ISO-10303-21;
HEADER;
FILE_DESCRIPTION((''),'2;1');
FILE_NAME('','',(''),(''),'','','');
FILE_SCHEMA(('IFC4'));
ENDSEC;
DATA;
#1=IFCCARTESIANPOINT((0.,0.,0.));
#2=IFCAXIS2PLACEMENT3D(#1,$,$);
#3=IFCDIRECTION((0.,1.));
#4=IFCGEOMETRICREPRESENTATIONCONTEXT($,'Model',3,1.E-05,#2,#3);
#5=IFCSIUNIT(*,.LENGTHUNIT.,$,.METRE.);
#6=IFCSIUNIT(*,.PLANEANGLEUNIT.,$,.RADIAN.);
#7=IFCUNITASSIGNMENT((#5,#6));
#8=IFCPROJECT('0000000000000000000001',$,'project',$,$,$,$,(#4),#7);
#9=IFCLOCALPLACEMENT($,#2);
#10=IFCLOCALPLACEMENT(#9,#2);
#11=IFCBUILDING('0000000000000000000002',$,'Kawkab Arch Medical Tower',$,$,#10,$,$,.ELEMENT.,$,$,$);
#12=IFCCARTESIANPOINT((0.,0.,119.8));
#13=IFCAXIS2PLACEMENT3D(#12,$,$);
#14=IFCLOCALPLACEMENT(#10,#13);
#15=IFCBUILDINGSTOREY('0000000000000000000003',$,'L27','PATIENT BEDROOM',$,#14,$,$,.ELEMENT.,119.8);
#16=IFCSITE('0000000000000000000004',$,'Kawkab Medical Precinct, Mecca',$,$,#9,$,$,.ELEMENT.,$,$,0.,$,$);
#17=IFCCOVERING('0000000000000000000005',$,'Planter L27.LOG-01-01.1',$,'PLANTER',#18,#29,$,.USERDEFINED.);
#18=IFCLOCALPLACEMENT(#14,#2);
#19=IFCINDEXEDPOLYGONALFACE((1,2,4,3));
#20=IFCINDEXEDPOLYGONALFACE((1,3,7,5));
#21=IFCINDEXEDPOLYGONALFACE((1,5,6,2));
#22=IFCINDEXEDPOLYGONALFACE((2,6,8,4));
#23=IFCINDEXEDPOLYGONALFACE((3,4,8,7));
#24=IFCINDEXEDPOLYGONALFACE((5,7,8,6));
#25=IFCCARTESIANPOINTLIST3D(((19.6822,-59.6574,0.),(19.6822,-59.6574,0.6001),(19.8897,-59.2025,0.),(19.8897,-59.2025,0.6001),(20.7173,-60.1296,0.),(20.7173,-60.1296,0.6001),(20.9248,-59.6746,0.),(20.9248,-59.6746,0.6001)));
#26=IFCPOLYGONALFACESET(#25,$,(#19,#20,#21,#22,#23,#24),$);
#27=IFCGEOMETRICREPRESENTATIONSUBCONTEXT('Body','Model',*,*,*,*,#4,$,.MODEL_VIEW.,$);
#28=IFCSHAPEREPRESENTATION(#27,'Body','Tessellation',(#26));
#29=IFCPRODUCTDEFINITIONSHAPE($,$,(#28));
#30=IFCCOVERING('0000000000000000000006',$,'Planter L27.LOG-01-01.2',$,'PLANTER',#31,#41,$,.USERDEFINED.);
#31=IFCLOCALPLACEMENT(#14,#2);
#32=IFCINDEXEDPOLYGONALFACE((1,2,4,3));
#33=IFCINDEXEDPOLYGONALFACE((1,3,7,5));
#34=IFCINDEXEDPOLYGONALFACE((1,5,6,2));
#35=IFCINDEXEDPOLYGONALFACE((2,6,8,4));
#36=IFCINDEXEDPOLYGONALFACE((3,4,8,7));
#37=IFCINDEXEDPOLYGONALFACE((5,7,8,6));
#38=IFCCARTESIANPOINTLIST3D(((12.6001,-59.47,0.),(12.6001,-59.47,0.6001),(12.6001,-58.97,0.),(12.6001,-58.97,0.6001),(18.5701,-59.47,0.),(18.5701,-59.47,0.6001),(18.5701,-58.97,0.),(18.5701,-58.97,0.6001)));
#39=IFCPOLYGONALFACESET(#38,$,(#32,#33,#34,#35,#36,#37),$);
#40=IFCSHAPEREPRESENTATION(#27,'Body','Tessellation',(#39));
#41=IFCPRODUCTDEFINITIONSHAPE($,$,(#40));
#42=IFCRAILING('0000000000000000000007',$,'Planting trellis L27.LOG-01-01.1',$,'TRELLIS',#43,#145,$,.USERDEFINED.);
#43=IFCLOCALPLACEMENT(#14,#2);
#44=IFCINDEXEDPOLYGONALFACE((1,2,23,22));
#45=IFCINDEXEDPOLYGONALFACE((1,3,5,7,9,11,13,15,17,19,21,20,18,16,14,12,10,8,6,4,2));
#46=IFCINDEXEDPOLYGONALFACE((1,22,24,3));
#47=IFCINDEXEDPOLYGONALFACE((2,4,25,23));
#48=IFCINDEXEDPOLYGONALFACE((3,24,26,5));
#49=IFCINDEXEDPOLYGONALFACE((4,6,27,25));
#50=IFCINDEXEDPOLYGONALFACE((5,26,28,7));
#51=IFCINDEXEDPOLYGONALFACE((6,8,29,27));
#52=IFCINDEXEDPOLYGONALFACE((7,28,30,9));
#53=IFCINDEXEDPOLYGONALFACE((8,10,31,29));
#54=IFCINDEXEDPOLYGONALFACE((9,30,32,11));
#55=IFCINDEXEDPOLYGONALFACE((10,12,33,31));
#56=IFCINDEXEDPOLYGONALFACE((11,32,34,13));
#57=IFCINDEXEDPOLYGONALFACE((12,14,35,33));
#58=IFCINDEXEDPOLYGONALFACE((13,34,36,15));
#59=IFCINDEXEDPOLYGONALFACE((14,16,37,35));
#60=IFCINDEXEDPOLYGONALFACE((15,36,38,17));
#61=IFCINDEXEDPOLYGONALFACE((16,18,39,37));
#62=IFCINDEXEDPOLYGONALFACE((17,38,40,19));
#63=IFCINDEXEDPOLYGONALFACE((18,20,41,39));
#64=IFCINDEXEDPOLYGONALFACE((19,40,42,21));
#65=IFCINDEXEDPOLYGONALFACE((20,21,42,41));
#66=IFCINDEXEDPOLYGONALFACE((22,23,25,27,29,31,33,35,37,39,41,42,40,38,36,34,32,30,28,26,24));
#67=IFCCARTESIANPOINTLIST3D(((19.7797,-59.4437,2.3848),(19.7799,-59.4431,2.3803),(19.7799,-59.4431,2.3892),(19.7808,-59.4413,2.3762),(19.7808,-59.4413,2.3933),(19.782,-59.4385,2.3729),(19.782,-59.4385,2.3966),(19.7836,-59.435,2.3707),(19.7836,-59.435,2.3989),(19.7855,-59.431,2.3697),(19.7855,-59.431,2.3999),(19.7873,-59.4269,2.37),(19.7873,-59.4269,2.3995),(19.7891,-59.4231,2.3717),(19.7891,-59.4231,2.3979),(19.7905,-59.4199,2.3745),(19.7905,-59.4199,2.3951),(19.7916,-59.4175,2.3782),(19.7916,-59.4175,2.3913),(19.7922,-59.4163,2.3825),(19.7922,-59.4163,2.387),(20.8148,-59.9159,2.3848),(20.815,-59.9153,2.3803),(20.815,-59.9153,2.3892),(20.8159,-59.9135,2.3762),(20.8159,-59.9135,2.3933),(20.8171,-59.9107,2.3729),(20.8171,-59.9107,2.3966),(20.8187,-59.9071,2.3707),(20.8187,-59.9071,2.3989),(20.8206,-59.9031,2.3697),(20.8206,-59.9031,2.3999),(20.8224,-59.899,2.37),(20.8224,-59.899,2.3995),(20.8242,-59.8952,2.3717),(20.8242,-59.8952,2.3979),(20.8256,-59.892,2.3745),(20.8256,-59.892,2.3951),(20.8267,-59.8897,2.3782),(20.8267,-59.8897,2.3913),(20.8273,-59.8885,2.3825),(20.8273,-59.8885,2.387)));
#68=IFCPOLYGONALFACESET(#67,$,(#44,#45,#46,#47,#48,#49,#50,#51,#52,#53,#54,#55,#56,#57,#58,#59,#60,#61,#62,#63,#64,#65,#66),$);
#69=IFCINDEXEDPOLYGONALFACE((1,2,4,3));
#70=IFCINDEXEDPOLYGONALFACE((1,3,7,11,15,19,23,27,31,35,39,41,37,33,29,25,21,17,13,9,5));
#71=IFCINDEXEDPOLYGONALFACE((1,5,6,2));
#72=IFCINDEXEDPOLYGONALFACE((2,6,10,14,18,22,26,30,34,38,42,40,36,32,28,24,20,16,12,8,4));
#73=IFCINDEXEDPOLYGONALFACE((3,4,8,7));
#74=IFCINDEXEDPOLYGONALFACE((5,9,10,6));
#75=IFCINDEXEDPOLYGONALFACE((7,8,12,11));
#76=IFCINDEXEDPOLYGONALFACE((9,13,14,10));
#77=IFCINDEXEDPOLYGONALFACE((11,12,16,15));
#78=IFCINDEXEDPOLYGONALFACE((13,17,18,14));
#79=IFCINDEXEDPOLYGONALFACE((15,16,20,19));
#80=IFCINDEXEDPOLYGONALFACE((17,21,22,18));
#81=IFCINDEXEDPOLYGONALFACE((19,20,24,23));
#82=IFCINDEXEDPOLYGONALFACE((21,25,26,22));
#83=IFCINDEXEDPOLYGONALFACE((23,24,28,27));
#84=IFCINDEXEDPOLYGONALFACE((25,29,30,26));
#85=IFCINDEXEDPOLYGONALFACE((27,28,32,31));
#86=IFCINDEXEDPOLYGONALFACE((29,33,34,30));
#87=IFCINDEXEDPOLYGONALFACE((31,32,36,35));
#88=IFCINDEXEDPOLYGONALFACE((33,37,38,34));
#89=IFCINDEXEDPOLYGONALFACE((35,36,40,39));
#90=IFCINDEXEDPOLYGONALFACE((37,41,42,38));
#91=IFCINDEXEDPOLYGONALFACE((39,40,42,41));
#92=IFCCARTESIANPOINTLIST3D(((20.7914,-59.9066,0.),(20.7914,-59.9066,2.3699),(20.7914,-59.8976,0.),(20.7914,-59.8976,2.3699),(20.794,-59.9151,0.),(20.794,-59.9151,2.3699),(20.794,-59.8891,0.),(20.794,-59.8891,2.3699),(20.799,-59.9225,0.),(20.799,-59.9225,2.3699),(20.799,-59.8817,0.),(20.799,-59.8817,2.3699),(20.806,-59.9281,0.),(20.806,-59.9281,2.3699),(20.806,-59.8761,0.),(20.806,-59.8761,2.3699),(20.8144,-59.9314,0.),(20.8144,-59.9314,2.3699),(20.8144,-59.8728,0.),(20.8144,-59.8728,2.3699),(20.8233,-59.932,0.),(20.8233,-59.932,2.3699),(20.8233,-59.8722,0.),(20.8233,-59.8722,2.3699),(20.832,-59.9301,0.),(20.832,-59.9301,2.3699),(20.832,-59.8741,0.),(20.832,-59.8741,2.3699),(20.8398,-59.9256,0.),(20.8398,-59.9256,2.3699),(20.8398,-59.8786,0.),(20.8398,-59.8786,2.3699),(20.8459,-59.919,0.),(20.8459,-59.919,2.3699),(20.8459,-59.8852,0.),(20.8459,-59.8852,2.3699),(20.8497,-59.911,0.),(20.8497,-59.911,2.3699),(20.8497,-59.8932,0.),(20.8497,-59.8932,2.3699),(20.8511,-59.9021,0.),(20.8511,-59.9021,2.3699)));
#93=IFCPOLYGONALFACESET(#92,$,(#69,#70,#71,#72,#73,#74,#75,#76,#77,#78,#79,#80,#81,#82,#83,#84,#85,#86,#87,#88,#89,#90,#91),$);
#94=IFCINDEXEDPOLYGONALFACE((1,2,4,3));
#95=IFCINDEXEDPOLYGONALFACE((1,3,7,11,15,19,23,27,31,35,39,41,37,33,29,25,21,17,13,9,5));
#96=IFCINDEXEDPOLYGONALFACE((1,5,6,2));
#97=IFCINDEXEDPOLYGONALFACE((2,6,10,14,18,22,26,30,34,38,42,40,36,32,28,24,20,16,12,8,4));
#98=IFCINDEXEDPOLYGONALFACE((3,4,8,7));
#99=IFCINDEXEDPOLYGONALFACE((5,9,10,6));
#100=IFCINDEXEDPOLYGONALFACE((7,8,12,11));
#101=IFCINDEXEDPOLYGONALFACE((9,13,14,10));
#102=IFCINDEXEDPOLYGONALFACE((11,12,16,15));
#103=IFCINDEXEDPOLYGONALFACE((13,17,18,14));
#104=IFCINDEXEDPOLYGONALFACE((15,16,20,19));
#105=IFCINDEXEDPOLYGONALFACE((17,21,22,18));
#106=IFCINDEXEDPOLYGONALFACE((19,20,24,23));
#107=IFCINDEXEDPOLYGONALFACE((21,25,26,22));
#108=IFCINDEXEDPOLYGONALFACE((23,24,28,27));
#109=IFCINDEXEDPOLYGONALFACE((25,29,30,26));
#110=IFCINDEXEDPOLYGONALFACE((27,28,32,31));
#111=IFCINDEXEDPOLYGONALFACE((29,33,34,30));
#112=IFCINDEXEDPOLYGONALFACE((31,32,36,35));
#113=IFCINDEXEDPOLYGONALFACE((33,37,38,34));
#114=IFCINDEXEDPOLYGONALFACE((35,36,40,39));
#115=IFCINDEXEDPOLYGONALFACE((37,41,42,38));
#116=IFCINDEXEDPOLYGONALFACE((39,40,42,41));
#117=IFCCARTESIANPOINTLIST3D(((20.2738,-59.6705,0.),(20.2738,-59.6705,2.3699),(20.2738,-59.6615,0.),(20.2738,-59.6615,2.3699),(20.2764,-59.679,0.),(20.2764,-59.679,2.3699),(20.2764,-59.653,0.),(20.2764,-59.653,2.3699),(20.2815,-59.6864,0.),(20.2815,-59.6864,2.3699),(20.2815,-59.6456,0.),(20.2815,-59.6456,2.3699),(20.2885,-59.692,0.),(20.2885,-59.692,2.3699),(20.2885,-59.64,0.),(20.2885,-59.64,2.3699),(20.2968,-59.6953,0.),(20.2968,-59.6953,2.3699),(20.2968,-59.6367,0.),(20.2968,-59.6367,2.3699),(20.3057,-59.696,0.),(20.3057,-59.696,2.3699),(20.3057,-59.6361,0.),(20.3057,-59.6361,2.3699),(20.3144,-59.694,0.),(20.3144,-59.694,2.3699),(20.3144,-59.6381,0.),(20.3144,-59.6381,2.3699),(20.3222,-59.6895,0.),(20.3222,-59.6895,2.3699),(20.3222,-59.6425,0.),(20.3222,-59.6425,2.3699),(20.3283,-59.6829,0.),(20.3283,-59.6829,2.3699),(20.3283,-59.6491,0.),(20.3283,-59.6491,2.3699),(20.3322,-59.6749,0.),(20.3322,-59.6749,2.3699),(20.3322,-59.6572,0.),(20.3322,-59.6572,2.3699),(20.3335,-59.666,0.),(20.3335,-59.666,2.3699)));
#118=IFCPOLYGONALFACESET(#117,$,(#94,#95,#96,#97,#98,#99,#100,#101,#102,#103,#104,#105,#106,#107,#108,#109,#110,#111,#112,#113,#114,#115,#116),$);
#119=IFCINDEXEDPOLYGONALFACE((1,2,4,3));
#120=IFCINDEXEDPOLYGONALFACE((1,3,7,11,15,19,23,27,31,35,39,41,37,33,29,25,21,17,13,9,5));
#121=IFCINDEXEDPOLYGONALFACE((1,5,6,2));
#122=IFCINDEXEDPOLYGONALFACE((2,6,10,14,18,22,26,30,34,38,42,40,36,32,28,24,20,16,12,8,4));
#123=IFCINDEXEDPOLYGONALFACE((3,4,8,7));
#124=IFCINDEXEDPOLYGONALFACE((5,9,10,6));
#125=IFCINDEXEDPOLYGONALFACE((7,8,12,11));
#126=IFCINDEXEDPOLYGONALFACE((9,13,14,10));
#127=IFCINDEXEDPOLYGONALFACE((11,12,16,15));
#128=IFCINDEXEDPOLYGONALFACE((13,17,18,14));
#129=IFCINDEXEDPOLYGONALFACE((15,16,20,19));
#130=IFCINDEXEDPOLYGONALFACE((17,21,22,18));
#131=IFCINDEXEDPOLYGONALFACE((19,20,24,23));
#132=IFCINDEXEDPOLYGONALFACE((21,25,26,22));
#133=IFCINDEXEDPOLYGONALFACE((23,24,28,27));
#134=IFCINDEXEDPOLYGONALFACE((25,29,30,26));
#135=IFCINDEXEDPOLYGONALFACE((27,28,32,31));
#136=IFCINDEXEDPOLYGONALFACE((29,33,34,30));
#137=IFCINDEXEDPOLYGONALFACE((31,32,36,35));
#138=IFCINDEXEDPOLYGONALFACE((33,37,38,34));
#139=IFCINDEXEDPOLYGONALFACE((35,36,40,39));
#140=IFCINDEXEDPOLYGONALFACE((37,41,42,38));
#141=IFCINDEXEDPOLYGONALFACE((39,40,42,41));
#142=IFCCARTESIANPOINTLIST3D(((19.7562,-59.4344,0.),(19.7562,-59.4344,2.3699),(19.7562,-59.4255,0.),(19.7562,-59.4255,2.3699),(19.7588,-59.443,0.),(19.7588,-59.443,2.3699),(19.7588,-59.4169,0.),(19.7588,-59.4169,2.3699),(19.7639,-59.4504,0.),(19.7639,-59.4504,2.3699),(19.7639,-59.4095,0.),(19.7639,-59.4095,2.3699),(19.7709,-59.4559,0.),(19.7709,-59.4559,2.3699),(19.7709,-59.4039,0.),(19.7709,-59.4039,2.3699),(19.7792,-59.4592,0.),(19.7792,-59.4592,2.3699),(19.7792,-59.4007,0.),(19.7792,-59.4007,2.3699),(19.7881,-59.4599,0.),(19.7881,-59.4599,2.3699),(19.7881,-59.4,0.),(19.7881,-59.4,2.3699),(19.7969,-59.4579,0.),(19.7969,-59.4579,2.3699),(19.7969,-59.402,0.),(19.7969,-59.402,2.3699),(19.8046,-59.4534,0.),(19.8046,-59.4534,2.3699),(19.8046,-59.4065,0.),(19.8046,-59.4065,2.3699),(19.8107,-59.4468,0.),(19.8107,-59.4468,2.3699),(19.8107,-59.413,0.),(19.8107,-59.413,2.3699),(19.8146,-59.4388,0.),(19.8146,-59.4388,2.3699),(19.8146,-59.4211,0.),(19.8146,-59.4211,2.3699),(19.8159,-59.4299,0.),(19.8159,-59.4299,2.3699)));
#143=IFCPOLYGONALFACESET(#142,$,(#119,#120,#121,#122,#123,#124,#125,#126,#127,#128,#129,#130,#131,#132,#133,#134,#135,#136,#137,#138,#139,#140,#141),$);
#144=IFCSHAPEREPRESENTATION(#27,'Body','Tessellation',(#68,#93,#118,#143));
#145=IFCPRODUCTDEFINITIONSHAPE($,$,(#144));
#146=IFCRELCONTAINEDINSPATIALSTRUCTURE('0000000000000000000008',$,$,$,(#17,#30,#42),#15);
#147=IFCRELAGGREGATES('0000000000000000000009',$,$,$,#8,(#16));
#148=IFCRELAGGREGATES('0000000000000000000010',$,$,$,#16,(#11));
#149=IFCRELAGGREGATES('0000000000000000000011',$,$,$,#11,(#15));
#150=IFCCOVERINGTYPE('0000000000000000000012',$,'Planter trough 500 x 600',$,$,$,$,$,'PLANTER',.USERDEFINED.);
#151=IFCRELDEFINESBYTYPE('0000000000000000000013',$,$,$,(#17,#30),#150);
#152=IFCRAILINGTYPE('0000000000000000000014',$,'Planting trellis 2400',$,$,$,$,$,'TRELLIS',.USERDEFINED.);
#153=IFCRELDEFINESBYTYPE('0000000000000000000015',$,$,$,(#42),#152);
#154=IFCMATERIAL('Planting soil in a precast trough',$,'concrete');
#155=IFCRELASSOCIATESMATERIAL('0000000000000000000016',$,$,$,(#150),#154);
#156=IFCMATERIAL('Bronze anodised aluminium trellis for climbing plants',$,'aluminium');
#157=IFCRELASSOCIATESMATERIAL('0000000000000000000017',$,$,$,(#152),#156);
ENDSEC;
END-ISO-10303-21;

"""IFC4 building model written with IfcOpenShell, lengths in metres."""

from ifc_helpers import new_model, si_unit, direction, frame, origin, origin_2d, place, context, subcontext, project, spatial, rectangle, circle, extrude, material, material_profile, profile_set, type_object, element, save


model = new_model("IFC4")

# Units and contexts
model_context = context("Model", 3, precision=1e-05, world=origin(), true_north=direction((0.0, 1.0)))
body_context = subcontext(model_context, "Body", "Model", "MODEL_VIEW")
ifc_project = project(units=[si_unit("LENGTHUNIT", "METRE"), si_unit("PLANEANGLEUNIT", "RADIAN")], contexts=[model_context])

# Site, building, storey
site_placement = place(None, origin())
site = spatial("IfcSite", under=ifc_project, at=site_placement, Name="Kawkab Medical Precinct, Mecca", CompositionType="ELEMENT", RefElevation=0.0)
building_placement = place(site_placement, origin())
building = spatial("IfcBuilding", under=site, at=building_placement, Name="Kawkab Arch Medical Tower", CompositionType="ELEMENT")
storey_placement = place(building_placement, frame((0.0, 0.0, 119.8)))
storey = spatial("IfcBuildingStorey", under=building, at=storey_placement, Name="L27", Description="PATIENT BEDROOM", CompositionType="ELEMENT", Elevation=119.8)

# Coverings
ifc_material_1 = material(Name="Planting soil in a precast trough", Category="concrete")
ifc_material_profile_1 = material_profile(ifc_material_1, rectangle(XDim=0.5, YDim=0.6001, at=origin_2d()), Name="Trough 500x600")
ifc_profile_set_1 = profile_set([ifc_material_profile_1], Name="Planting soil in a precast trough")
covering_type = type_object("IfcCoveringType", Name="Planter trough 500 x 600", ElementType="PLANTER", PredefinedType="USERDEFINED", material=ifc_profile_set_1)
covering_1_placement = place(storey_placement, frame((20.821, -59.9021, 0.3), z_axis=(-0.909822, 0.414999, 0.0), x_axis=(-0.414999, -0.909822, 0.0)))
element("IfcCovering", 1, at=covering_1_placement, inside=storey, type_object=covering_type, Name="Planter L27.LOG-01-01.1", ObjectType="PLANTER", PredefinedType="USERDEFINED", context=body_context, shape_type="SweptSolid", body=[
    extrude(rectangle(XDim=0.5, YDim=0.6001, at=origin_2d()), origin(), (0.0, 0.0, 1.0), 1.1377),
])
covering_2_placement = place(storey_placement, frame((18.5701, -59.22, 0.3), z_axis=(-1.0, 0.0, 0.0), x_axis=(0.0, -1.0, 0.0)))
element("IfcCovering", 2, at=covering_2_placement, inside=storey, type_object=covering_type, Name="Planter L27.LOG-01-01.2", ObjectType="PLANTER", PredefinedType="USERDEFINED", context=body_context, shape_type="SweptSolid", body=[
    extrude(rectangle(XDim=0.5, YDim=0.6001, at=origin_2d()), origin(), (0.0, 0.0, 1.0), 5.97),
])

# Railing
ifc_material_2 = material(Name="Bronze anodised aluminium trellis for climbing plants", Category="aluminium")
railing_type_1 = type_object("IfcRailingType", Name="Planting trellis 2400", ElementType="TRELLIS", PredefinedType="USERDEFINED", material=ifc_material_2)
railing_1_placement = place(storey_placement, frame((20.821, -59.9021, 0.0)))
element("IfcRailing", 3, at=railing_1_placement, inside=storey, type_object=railing_type_1, Name="Planting trellis L27.LOG-01-01.1", ObjectType="TRELLIS", PredefinedType="USERDEFINED", context=body_context, shape_type="SweptSolid", body=[
    extrude(circle(Radius=0.0151, at=origin_2d()), frame((0.0, 0.0, 2.3848), z_axis=(-0.909822, 0.414999, 0.0), x_axis=(-0.414999, -0.909822, 0.0)), (0.0, 0.0, 1.0), 1.1377),
    extrude(circle(Radius=0.03, at=origin_2d()), origin(), (0.0, 0.0, 1.0), 2.3699),
    extrude(circle(Radius=0.03, at=origin_2d()), frame((-0.5176, 0.2361, 0.0)), (0.0, 0.0, 1.0), 2.3699),
    extrude(circle(Radius=0.03, at=origin_2d()), frame((-1.0352, 0.4722, 0.0)), (0.0, 0.0, 1.0), 2.3699),
])

save(model, "model.ifc")
